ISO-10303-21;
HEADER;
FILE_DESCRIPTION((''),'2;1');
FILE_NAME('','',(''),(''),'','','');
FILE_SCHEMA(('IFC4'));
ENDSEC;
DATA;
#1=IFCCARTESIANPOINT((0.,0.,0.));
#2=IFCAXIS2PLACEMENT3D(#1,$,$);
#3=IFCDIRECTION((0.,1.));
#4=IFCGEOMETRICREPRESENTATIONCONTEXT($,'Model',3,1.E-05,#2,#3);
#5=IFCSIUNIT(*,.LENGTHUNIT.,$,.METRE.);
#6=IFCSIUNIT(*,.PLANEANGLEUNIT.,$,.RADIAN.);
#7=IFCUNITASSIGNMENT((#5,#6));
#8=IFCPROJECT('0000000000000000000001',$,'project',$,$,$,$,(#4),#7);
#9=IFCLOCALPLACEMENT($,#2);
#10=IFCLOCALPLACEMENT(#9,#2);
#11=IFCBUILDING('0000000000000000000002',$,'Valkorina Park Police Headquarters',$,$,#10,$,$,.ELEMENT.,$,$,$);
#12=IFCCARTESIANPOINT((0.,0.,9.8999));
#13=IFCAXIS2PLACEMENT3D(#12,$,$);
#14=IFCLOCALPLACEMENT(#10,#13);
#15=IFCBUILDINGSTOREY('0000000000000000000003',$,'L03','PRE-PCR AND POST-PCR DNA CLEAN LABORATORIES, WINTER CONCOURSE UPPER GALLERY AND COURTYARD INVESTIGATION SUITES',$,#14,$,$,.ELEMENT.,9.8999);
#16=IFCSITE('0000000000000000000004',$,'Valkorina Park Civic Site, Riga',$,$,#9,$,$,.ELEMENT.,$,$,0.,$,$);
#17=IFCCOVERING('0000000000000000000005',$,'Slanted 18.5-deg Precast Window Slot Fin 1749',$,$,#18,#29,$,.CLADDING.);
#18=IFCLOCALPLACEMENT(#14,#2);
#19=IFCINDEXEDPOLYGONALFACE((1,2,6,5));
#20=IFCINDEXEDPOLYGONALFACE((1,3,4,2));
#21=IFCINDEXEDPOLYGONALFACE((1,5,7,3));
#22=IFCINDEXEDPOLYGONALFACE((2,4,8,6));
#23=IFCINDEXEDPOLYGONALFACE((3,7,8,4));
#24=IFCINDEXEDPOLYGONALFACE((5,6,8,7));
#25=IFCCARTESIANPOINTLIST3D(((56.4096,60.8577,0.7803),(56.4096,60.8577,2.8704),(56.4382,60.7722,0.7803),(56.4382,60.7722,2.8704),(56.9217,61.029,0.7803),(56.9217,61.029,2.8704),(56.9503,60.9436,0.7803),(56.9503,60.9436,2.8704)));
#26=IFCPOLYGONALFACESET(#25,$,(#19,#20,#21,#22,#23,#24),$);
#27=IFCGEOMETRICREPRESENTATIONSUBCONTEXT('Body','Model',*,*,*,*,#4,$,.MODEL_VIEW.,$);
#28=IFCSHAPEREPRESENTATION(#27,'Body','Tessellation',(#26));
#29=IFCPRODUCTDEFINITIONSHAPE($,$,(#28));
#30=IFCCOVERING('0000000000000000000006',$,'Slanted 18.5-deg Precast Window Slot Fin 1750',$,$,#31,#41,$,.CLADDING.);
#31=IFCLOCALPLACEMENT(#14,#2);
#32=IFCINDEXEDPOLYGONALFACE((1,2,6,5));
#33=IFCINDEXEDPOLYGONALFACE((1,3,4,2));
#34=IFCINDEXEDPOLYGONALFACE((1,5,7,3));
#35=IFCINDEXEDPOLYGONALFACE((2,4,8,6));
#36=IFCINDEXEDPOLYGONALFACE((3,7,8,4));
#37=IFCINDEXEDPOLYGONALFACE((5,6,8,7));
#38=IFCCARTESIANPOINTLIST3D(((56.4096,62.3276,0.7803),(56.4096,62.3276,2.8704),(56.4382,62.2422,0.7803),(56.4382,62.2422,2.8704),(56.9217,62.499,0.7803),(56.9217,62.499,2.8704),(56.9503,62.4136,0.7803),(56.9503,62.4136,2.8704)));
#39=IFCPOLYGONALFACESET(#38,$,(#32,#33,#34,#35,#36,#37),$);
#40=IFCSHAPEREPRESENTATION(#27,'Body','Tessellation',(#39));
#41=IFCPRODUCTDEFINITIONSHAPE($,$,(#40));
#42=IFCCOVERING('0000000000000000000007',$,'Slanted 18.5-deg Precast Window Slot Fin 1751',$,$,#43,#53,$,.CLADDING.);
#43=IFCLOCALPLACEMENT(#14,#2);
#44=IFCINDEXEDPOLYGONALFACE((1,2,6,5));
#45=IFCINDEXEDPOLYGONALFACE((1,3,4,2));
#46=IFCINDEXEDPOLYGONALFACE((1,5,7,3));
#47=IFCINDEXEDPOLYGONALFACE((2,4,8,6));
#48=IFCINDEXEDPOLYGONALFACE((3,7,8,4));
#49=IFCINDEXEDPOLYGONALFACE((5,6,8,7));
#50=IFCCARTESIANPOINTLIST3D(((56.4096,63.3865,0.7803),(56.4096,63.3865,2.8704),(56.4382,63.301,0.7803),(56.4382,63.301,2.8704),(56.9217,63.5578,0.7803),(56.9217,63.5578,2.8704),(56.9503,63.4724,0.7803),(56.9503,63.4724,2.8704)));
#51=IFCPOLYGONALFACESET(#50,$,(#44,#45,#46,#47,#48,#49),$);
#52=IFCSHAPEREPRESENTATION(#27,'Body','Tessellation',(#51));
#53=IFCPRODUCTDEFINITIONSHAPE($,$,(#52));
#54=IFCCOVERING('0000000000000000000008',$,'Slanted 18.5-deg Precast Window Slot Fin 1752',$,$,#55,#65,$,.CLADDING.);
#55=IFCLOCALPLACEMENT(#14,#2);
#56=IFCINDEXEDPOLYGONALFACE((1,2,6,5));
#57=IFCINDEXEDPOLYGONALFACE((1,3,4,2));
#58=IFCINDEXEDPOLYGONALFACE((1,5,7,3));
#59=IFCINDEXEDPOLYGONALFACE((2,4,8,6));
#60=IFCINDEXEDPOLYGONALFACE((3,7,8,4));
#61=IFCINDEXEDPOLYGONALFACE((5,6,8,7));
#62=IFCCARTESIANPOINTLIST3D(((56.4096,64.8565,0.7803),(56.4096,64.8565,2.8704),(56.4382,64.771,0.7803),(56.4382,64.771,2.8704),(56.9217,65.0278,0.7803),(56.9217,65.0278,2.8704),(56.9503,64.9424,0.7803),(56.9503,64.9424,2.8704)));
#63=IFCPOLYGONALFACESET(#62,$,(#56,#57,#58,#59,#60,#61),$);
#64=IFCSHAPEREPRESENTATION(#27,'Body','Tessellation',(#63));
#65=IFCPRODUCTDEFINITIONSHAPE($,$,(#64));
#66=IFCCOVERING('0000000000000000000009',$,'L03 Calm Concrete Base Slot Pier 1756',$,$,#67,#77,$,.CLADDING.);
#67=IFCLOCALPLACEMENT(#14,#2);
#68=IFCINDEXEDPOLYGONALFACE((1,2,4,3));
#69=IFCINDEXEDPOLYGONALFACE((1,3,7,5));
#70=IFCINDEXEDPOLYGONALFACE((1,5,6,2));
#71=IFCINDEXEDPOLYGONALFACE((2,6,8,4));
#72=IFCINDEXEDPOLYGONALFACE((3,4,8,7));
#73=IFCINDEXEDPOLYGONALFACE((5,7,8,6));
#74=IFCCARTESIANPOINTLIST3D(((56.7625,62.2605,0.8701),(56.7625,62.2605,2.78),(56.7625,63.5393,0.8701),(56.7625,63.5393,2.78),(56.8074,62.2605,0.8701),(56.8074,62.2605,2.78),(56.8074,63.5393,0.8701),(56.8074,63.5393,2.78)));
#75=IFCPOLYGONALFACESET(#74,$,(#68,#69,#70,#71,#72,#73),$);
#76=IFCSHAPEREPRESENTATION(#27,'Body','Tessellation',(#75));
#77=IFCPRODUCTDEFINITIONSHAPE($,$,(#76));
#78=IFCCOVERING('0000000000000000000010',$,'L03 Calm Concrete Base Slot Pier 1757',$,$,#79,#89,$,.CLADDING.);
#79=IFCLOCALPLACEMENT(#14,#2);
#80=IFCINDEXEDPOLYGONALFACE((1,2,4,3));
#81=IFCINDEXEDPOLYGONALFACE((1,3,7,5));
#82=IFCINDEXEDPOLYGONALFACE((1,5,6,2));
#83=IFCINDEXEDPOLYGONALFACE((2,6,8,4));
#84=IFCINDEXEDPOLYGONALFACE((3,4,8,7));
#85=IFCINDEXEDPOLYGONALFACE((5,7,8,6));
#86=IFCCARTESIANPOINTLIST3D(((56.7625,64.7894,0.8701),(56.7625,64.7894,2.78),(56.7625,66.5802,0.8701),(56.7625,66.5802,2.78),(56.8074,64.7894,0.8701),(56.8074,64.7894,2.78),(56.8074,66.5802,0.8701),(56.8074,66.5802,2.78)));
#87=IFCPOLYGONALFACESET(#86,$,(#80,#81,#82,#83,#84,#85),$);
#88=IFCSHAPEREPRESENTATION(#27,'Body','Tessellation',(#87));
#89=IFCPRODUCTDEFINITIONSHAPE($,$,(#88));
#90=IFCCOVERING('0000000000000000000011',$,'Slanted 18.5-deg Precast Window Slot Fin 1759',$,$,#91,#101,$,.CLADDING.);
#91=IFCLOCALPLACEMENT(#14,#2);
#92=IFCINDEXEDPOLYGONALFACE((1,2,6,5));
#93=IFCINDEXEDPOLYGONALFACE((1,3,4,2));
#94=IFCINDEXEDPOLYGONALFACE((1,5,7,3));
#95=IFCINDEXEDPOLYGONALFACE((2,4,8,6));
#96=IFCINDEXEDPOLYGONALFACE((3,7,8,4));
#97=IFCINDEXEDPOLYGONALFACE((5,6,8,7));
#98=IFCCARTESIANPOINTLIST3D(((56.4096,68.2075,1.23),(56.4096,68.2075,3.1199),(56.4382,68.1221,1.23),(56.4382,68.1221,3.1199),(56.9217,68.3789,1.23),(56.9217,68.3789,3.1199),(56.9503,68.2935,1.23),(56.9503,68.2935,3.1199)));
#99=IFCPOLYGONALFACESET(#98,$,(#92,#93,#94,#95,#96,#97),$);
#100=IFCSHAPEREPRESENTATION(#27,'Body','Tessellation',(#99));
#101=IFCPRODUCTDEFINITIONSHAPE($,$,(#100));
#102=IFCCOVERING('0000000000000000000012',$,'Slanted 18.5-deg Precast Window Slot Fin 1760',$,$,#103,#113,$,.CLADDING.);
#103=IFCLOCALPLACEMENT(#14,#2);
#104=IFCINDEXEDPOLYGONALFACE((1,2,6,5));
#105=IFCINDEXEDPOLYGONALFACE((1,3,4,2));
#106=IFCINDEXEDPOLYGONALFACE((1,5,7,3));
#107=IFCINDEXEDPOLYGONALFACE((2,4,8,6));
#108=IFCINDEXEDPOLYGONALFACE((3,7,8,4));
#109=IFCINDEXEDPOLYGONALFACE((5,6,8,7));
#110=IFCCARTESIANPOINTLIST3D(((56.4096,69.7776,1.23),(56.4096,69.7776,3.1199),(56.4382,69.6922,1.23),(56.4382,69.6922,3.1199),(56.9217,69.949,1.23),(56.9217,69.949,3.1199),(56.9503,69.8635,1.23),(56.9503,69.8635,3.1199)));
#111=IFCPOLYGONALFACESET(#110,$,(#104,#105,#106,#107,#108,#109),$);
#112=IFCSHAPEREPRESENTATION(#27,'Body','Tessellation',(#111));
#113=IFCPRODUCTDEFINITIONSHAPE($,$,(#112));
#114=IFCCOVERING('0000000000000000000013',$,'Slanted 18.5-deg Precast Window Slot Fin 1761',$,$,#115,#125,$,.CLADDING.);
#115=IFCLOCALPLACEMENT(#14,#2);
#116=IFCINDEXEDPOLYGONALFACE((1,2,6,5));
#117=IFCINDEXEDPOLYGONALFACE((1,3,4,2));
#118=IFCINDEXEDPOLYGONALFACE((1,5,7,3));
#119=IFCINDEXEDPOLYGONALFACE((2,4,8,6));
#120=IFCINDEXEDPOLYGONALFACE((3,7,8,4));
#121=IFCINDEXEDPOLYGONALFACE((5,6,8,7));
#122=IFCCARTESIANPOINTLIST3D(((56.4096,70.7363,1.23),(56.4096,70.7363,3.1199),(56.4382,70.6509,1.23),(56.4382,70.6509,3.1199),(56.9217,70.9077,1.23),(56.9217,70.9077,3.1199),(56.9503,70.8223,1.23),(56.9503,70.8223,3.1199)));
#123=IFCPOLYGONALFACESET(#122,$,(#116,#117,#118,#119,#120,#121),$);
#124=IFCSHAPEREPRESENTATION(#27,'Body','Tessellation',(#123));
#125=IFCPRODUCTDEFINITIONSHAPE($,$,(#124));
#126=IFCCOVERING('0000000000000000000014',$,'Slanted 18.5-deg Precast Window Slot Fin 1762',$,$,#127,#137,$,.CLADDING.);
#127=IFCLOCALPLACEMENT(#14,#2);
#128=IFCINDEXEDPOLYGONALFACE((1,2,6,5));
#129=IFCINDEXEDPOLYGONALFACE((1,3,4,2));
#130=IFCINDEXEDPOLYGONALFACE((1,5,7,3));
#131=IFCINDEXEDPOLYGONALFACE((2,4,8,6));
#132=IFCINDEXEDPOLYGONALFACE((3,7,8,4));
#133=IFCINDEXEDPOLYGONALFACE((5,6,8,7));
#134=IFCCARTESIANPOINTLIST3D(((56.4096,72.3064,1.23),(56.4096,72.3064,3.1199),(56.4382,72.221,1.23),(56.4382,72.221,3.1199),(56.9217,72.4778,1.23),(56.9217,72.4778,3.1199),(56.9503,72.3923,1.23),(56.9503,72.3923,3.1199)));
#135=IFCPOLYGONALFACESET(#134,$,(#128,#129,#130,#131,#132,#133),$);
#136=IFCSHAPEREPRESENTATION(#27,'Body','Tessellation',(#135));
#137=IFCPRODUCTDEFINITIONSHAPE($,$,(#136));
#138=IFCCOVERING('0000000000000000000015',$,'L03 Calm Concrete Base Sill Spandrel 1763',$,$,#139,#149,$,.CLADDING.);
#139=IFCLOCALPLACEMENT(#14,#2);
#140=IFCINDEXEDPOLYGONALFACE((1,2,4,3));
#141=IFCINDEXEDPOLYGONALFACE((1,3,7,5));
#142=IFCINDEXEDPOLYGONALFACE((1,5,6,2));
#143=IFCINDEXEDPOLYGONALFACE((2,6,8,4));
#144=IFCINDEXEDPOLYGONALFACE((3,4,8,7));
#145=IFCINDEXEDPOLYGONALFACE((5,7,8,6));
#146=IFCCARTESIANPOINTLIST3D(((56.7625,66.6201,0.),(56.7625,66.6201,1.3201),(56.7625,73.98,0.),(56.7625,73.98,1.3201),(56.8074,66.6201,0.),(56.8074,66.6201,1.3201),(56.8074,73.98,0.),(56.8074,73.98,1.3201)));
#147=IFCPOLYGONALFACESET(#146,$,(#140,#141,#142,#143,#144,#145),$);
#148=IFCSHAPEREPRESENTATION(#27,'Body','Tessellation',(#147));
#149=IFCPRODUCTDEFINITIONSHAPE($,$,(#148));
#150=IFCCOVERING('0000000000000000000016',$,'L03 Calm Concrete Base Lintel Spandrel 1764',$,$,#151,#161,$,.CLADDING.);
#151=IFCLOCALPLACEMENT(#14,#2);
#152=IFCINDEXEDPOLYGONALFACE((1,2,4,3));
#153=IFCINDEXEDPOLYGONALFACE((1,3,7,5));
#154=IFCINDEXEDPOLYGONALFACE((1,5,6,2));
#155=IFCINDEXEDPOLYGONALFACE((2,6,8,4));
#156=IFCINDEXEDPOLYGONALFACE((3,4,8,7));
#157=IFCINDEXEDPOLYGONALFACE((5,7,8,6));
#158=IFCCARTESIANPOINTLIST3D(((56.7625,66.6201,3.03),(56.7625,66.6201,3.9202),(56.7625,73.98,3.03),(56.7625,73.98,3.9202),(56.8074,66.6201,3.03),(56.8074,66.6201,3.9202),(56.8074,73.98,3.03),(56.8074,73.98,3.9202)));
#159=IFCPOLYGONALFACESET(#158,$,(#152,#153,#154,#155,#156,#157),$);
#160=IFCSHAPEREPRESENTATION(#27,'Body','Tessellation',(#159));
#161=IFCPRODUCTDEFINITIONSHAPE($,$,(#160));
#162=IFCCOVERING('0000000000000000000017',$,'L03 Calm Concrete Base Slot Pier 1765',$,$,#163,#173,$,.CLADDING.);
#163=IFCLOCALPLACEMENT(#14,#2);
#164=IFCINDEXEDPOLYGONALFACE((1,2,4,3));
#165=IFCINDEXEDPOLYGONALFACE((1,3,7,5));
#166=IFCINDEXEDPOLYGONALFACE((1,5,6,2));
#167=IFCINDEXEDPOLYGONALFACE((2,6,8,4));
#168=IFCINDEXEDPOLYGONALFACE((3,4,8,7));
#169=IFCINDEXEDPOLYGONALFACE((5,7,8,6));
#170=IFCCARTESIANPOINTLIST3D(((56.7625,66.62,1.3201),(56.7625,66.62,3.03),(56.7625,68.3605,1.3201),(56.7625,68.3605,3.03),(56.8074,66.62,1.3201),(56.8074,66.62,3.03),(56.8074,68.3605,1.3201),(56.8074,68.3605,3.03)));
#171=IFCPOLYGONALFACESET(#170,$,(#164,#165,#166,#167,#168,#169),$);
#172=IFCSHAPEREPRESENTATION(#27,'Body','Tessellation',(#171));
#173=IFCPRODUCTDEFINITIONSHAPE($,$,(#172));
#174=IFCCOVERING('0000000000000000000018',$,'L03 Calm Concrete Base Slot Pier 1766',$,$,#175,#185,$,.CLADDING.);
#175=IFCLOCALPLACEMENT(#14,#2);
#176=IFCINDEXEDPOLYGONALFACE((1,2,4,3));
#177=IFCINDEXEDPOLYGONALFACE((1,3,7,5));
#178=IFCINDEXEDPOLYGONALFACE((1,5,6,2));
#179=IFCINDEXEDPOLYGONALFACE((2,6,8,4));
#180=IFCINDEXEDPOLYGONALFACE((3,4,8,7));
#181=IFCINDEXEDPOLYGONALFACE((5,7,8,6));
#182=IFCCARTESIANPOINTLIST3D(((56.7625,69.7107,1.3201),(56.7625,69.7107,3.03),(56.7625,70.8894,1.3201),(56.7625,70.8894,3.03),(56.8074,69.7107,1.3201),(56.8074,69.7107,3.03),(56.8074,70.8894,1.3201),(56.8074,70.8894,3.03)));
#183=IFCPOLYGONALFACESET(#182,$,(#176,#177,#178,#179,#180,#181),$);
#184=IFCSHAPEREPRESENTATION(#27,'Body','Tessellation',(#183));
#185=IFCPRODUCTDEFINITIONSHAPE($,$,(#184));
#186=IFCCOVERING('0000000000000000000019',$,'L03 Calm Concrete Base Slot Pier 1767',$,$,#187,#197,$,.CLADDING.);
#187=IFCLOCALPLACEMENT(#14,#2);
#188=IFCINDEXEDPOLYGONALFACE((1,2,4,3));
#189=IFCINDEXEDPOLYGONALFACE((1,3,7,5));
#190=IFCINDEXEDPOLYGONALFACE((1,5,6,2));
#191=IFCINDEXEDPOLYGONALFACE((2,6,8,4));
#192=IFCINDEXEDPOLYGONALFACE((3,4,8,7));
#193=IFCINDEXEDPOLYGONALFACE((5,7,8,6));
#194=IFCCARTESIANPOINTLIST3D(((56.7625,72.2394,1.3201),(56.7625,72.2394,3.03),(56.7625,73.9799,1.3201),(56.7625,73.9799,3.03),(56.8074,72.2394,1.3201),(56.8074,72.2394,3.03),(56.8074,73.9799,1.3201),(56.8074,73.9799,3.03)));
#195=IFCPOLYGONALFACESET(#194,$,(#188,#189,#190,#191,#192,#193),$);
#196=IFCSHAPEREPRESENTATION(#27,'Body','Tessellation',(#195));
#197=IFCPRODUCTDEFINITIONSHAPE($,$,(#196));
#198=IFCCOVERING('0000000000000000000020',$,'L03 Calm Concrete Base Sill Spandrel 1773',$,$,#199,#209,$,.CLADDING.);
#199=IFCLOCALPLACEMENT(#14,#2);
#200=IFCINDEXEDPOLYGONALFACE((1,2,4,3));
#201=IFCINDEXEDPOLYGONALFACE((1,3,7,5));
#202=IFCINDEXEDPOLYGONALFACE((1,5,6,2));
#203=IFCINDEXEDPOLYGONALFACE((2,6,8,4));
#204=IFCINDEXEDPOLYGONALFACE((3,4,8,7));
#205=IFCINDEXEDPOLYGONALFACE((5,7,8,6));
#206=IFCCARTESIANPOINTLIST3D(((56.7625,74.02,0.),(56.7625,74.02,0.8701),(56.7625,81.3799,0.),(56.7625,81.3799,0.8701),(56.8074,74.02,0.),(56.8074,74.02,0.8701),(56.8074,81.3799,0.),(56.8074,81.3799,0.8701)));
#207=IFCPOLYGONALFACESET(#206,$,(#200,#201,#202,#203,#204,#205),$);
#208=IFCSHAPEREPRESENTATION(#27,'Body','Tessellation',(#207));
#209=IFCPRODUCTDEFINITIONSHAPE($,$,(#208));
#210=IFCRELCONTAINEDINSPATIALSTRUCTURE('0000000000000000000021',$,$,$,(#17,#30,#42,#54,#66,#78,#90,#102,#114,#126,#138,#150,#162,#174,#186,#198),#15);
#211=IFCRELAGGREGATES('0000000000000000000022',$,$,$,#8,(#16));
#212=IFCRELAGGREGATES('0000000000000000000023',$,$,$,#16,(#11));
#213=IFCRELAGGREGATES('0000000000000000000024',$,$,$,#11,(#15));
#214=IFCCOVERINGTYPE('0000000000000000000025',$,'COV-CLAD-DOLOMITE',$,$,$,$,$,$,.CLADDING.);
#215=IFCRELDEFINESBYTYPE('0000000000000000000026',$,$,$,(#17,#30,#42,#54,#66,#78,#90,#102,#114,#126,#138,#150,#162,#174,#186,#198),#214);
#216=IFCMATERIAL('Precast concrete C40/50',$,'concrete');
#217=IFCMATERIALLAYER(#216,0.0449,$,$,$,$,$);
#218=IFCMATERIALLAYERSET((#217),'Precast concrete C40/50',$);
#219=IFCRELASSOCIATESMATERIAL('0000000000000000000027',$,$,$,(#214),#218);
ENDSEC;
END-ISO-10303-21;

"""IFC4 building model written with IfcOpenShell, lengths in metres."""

from ifc_helpers import new_model, si_unit, direction, frame, frame_2d, origin, origin_2d, place, context, subcontext, project, spatial, rectangle, extrude, material, layer, layer_set, type_object, element, save


model = new_model("IFC4")

# Units and contexts
model_context = context("Model", 3, precision=1e-05, world=origin(), true_north=direction((0.0, 1.0)))
body_context = subcontext(model_context, "Body", "Model", "MODEL_VIEW")
ifc_project = project(units=[si_unit("LENGTHUNIT", "METRE"), si_unit("PLANEANGLEUNIT", "RADIAN")], contexts=[model_context])

# Site, building, storey
site_placement = place(None, origin())
site = spatial("IfcSite", under=ifc_project, at=site_placement, Name="Valkorina Park Civic Site, Riga", CompositionType="ELEMENT", RefElevation=0.0)
building_placement = place(site_placement, origin())
building = spatial("IfcBuilding", under=site, at=building_placement, Name="Valkorina Park Police Headquarters", CompositionType="ELEMENT")
storey_placement = place(building_placement, frame((0.0, 0.0, 9.8999)))
storey = spatial("IfcBuildingStorey", under=building, at=storey_placement, Name="L03", Description="PRE-PCR AND POST-PCR DNA CLEAN LABORATORIES, WINTER CONCOURSE UPPER GALLERY AND COURTYARD INVESTIGATION SUITES", CompositionType="ELEMENT", Elevation=9.8999)

# Coverings
ifc_material_1 = material(Name="Precast concrete C40/50", Category="concrete")
ifc_layer_1 = layer(ifc_material_1, 0.0449)
ifc_layer_set_1 = layer_set([ifc_layer_1], Name="Precast concrete C40/50")
covering_type = type_object("IfcCoveringType", Name="COV-CLAD-DOLOMITE", PredefinedType="CLADDING", material=ifc_layer_set_1)
for number, where, z_axis, x_axis, name in (
    (1, (56.6799, 60.9006, 0.7803), (0.0, 0.0, 1.0), (-0.948324, -0.317305, 0.0), "Slanted 18.5-deg Precast Window Slot Fin 1749"),
    (2, (56.6799, 62.3706, 0.7803), (0.0, 0.0, 1.0), (-0.948324, -0.317305, 0.0), "Slanted 18.5-deg Precast Window Slot Fin 1750"),
    (3, (56.6799, 63.4294, 0.7803), (0.0, 0.0, 1.0), (-0.948324, -0.317305, 0.0), "Slanted 18.5-deg Precast Window Slot Fin 1751"),
    (4, (56.6799, 64.8994, 0.7803), (0.0, 0.0, 1.0), (-0.948324, -0.317305, 0.0), "Slanted 18.5-deg Precast Window Slot Fin 1752"),
):
    element("IfcCovering", number, at=place(storey_placement, frame(where, z_axis=z_axis, x_axis=x_axis)), inside=storey, type_object=covering_type, Name=name, PredefinedType="CLADDING", context=body_context, shape_type="SweptSolid", body=[
        extrude(rectangle(XDim=0.54, YDim=0.0901, at=origin_2d()), origin(), (0.0, 0.0, 1.0), 2.0901),
    ])
covering_1_placement = place(storey_placement, frame((56.7849, 62.2605, 0.8701), z_axis=(0.0, 0.0, 1.0), x_axis=(0.0, 1.0, 0.0)))
element("IfcCovering", 5, at=covering_1_placement, inside=storey, type_object=covering_type, Name="L03 Calm Concrete Base Slot Pier 1756", PredefinedType="CLADDING", context=body_context, shape_type="SweptSolid", body=[
    extrude(rectangle(XDim=1.2788, YDim=0.0449, at=frame_2d((0.6394, 0.0))), origin(), (0.0, 0.0, 1.0), 1.9099),
])
covering_2_placement = place(storey_placement, frame((56.7849, 64.7893, 0.8701), z_axis=(0.0, 0.0, 1.0), x_axis=(0.0, 1.0, 0.0)))
element("IfcCovering", 6, at=covering_2_placement, inside=storey, type_object=covering_type, Name="L03 Calm Concrete Base Slot Pier 1757", PredefinedType="CLADDING", context=body_context, shape_type="SweptSolid", body=[
    extrude(rectangle(XDim=1.7908, YDim=0.0449, at=frame_2d((0.8955, 0.0))), origin(), (0.0, 0.0, 1.0), 1.9099),
])
for number, where, z_axis, x_axis, name in (
    (7, (56.6799, 68.2505, 1.23), (0.0, 0.0, 1.0), (-0.948324, -0.317305, 0.0), "Slanted 18.5-deg Precast Window Slot Fin 1759"),
    (8, (56.6799, 69.8206, 1.23), (0.0, 0.0, 1.0), (-0.948324, -0.317305, 0.0), "Slanted 18.5-deg Precast Window Slot Fin 1760"),
    (9, (56.6799, 70.7793, 1.23), (0.0, 0.0, 1.0), (-0.948324, -0.317305, 0.0), "Slanted 18.5-deg Precast Window Slot Fin 1761"),
    (10, (56.6799, 72.3494, 1.23), (0.0, 0.0, 1.0), (-0.948324, -0.317305, 0.0), "Slanted 18.5-deg Precast Window Slot Fin 1762"),
):
    element("IfcCovering", number, at=place(storey_placement, frame(where, z_axis=z_axis, x_axis=x_axis)), inside=storey, type_object=covering_type, Name=name, PredefinedType="CLADDING", context=body_context, shape_type="SweptSolid", body=[
        extrude(rectangle(XDim=0.54, YDim=0.0901, at=origin_2d()), origin(), (0.0, 0.0, 1.0), 1.8899),
    ])
covering_3_placement = place(storey_placement, frame((56.7849, 66.6201, 0.0), z_axis=(0.0, 0.0, 1.0), x_axis=(0.0, 1.0, 0.0)))
element("IfcCovering", 11, at=covering_3_placement, inside=storey, type_object=covering_type, Name="L03 Calm Concrete Base Sill Spandrel 1763", PredefinedType="CLADDING", context=body_context, shape_type="SweptSolid", body=[
    extrude(rectangle(XDim=7.3599, YDim=0.0449, at=frame_2d((3.6799, 0.0))), origin(), (0.0, 0.0, 1.0), 1.3201),
])
covering_4_placement = place(storey_placement, frame((56.7849, 66.6201, 3.03), z_axis=(0.0, 0.0, 1.0), x_axis=(0.0, 1.0, 0.0)))
element("IfcCovering", 12, at=covering_4_placement, inside=storey, type_object=covering_type, Name="L03 Calm Concrete Base Lintel Spandrel 1764", PredefinedType="CLADDING", context=body_context, shape_type="SweptSolid", body=[
    extrude(rectangle(XDim=7.3599, YDim=0.0449, at=frame_2d((3.6799, 0.0))), origin(), (0.0, 0.0, 1.0), 0.8901),
])
covering_5_placement = place(storey_placement, frame((56.7849, 66.6201, 1.3201), z_axis=(0.0, 0.0, 1.0), x_axis=(0.0, 1.0, 0.0)))
element("IfcCovering", 13, at=covering_5_placement, inside=storey, type_object=covering_type, Name="L03 Calm Concrete Base Slot Pier 1765", PredefinedType="CLADDING", context=body_context, shape_type="SweptSolid", body=[
    extrude(rectangle(XDim=1.7405, YDim=0.0449, at=frame_2d((0.8701, 0.0))), origin(), (0.0, 0.0, 1.0), 1.71),
])
covering_6_placement = place(storey_placement, frame((56.7849, 69.7107, 1.3201), z_axis=(0.0, 0.0, 1.0), x_axis=(0.0, 1.0, 0.0)))
element("IfcCovering", 14, at=covering_6_placement, inside=storey, type_object=covering_type, Name="L03 Calm Concrete Base Slot Pier 1766", PredefinedType="CLADDING", context=body_context, shape_type="SweptSolid", body=[
    extrude(rectangle(XDim=1.1787, YDim=0.0449, at=frame_2d((0.5894, 0.0))), origin(), (0.0, 0.0, 1.0), 1.71),
])
covering_7_placement = place(storey_placement, frame((56.7849, 72.2395, 1.3201), z_axis=(0.0, 0.0, 1.0), x_axis=(0.0, 1.0, 0.0)))
element("IfcCovering", 15, at=covering_7_placement, inside=storey, type_object=covering_type, Name="L03 Calm Concrete Base Slot Pier 1767", PredefinedType="CLADDING", context=body_context, shape_type="SweptSolid", body=[
    extrude(rectangle(XDim=1.7405, YDim=0.0449, at=frame_2d((0.8701, 0.0))), origin(), (0.0, 0.0, 1.0), 1.71),
])
covering_8_placement = place(storey_placement, frame((56.7849, 74.02, 0.0), z_axis=(0.0, 0.0, 1.0), x_axis=(0.0, 1.0, 0.0)))
element("IfcCovering", 16, at=covering_8_placement, inside=storey, type_object=covering_type, Name="L03 Calm Concrete Base Sill Spandrel 1773", PredefinedType="CLADDING", context=body_context, shape_type="SweptSolid", body=[
    extrude(rectangle(XDim=7.3599, YDim=0.0449, at=frame_2d((3.6799, 0.0))), origin(), (0.0, 0.0, 1.0), 0.8701),
])

save(model, "model.ifc")
